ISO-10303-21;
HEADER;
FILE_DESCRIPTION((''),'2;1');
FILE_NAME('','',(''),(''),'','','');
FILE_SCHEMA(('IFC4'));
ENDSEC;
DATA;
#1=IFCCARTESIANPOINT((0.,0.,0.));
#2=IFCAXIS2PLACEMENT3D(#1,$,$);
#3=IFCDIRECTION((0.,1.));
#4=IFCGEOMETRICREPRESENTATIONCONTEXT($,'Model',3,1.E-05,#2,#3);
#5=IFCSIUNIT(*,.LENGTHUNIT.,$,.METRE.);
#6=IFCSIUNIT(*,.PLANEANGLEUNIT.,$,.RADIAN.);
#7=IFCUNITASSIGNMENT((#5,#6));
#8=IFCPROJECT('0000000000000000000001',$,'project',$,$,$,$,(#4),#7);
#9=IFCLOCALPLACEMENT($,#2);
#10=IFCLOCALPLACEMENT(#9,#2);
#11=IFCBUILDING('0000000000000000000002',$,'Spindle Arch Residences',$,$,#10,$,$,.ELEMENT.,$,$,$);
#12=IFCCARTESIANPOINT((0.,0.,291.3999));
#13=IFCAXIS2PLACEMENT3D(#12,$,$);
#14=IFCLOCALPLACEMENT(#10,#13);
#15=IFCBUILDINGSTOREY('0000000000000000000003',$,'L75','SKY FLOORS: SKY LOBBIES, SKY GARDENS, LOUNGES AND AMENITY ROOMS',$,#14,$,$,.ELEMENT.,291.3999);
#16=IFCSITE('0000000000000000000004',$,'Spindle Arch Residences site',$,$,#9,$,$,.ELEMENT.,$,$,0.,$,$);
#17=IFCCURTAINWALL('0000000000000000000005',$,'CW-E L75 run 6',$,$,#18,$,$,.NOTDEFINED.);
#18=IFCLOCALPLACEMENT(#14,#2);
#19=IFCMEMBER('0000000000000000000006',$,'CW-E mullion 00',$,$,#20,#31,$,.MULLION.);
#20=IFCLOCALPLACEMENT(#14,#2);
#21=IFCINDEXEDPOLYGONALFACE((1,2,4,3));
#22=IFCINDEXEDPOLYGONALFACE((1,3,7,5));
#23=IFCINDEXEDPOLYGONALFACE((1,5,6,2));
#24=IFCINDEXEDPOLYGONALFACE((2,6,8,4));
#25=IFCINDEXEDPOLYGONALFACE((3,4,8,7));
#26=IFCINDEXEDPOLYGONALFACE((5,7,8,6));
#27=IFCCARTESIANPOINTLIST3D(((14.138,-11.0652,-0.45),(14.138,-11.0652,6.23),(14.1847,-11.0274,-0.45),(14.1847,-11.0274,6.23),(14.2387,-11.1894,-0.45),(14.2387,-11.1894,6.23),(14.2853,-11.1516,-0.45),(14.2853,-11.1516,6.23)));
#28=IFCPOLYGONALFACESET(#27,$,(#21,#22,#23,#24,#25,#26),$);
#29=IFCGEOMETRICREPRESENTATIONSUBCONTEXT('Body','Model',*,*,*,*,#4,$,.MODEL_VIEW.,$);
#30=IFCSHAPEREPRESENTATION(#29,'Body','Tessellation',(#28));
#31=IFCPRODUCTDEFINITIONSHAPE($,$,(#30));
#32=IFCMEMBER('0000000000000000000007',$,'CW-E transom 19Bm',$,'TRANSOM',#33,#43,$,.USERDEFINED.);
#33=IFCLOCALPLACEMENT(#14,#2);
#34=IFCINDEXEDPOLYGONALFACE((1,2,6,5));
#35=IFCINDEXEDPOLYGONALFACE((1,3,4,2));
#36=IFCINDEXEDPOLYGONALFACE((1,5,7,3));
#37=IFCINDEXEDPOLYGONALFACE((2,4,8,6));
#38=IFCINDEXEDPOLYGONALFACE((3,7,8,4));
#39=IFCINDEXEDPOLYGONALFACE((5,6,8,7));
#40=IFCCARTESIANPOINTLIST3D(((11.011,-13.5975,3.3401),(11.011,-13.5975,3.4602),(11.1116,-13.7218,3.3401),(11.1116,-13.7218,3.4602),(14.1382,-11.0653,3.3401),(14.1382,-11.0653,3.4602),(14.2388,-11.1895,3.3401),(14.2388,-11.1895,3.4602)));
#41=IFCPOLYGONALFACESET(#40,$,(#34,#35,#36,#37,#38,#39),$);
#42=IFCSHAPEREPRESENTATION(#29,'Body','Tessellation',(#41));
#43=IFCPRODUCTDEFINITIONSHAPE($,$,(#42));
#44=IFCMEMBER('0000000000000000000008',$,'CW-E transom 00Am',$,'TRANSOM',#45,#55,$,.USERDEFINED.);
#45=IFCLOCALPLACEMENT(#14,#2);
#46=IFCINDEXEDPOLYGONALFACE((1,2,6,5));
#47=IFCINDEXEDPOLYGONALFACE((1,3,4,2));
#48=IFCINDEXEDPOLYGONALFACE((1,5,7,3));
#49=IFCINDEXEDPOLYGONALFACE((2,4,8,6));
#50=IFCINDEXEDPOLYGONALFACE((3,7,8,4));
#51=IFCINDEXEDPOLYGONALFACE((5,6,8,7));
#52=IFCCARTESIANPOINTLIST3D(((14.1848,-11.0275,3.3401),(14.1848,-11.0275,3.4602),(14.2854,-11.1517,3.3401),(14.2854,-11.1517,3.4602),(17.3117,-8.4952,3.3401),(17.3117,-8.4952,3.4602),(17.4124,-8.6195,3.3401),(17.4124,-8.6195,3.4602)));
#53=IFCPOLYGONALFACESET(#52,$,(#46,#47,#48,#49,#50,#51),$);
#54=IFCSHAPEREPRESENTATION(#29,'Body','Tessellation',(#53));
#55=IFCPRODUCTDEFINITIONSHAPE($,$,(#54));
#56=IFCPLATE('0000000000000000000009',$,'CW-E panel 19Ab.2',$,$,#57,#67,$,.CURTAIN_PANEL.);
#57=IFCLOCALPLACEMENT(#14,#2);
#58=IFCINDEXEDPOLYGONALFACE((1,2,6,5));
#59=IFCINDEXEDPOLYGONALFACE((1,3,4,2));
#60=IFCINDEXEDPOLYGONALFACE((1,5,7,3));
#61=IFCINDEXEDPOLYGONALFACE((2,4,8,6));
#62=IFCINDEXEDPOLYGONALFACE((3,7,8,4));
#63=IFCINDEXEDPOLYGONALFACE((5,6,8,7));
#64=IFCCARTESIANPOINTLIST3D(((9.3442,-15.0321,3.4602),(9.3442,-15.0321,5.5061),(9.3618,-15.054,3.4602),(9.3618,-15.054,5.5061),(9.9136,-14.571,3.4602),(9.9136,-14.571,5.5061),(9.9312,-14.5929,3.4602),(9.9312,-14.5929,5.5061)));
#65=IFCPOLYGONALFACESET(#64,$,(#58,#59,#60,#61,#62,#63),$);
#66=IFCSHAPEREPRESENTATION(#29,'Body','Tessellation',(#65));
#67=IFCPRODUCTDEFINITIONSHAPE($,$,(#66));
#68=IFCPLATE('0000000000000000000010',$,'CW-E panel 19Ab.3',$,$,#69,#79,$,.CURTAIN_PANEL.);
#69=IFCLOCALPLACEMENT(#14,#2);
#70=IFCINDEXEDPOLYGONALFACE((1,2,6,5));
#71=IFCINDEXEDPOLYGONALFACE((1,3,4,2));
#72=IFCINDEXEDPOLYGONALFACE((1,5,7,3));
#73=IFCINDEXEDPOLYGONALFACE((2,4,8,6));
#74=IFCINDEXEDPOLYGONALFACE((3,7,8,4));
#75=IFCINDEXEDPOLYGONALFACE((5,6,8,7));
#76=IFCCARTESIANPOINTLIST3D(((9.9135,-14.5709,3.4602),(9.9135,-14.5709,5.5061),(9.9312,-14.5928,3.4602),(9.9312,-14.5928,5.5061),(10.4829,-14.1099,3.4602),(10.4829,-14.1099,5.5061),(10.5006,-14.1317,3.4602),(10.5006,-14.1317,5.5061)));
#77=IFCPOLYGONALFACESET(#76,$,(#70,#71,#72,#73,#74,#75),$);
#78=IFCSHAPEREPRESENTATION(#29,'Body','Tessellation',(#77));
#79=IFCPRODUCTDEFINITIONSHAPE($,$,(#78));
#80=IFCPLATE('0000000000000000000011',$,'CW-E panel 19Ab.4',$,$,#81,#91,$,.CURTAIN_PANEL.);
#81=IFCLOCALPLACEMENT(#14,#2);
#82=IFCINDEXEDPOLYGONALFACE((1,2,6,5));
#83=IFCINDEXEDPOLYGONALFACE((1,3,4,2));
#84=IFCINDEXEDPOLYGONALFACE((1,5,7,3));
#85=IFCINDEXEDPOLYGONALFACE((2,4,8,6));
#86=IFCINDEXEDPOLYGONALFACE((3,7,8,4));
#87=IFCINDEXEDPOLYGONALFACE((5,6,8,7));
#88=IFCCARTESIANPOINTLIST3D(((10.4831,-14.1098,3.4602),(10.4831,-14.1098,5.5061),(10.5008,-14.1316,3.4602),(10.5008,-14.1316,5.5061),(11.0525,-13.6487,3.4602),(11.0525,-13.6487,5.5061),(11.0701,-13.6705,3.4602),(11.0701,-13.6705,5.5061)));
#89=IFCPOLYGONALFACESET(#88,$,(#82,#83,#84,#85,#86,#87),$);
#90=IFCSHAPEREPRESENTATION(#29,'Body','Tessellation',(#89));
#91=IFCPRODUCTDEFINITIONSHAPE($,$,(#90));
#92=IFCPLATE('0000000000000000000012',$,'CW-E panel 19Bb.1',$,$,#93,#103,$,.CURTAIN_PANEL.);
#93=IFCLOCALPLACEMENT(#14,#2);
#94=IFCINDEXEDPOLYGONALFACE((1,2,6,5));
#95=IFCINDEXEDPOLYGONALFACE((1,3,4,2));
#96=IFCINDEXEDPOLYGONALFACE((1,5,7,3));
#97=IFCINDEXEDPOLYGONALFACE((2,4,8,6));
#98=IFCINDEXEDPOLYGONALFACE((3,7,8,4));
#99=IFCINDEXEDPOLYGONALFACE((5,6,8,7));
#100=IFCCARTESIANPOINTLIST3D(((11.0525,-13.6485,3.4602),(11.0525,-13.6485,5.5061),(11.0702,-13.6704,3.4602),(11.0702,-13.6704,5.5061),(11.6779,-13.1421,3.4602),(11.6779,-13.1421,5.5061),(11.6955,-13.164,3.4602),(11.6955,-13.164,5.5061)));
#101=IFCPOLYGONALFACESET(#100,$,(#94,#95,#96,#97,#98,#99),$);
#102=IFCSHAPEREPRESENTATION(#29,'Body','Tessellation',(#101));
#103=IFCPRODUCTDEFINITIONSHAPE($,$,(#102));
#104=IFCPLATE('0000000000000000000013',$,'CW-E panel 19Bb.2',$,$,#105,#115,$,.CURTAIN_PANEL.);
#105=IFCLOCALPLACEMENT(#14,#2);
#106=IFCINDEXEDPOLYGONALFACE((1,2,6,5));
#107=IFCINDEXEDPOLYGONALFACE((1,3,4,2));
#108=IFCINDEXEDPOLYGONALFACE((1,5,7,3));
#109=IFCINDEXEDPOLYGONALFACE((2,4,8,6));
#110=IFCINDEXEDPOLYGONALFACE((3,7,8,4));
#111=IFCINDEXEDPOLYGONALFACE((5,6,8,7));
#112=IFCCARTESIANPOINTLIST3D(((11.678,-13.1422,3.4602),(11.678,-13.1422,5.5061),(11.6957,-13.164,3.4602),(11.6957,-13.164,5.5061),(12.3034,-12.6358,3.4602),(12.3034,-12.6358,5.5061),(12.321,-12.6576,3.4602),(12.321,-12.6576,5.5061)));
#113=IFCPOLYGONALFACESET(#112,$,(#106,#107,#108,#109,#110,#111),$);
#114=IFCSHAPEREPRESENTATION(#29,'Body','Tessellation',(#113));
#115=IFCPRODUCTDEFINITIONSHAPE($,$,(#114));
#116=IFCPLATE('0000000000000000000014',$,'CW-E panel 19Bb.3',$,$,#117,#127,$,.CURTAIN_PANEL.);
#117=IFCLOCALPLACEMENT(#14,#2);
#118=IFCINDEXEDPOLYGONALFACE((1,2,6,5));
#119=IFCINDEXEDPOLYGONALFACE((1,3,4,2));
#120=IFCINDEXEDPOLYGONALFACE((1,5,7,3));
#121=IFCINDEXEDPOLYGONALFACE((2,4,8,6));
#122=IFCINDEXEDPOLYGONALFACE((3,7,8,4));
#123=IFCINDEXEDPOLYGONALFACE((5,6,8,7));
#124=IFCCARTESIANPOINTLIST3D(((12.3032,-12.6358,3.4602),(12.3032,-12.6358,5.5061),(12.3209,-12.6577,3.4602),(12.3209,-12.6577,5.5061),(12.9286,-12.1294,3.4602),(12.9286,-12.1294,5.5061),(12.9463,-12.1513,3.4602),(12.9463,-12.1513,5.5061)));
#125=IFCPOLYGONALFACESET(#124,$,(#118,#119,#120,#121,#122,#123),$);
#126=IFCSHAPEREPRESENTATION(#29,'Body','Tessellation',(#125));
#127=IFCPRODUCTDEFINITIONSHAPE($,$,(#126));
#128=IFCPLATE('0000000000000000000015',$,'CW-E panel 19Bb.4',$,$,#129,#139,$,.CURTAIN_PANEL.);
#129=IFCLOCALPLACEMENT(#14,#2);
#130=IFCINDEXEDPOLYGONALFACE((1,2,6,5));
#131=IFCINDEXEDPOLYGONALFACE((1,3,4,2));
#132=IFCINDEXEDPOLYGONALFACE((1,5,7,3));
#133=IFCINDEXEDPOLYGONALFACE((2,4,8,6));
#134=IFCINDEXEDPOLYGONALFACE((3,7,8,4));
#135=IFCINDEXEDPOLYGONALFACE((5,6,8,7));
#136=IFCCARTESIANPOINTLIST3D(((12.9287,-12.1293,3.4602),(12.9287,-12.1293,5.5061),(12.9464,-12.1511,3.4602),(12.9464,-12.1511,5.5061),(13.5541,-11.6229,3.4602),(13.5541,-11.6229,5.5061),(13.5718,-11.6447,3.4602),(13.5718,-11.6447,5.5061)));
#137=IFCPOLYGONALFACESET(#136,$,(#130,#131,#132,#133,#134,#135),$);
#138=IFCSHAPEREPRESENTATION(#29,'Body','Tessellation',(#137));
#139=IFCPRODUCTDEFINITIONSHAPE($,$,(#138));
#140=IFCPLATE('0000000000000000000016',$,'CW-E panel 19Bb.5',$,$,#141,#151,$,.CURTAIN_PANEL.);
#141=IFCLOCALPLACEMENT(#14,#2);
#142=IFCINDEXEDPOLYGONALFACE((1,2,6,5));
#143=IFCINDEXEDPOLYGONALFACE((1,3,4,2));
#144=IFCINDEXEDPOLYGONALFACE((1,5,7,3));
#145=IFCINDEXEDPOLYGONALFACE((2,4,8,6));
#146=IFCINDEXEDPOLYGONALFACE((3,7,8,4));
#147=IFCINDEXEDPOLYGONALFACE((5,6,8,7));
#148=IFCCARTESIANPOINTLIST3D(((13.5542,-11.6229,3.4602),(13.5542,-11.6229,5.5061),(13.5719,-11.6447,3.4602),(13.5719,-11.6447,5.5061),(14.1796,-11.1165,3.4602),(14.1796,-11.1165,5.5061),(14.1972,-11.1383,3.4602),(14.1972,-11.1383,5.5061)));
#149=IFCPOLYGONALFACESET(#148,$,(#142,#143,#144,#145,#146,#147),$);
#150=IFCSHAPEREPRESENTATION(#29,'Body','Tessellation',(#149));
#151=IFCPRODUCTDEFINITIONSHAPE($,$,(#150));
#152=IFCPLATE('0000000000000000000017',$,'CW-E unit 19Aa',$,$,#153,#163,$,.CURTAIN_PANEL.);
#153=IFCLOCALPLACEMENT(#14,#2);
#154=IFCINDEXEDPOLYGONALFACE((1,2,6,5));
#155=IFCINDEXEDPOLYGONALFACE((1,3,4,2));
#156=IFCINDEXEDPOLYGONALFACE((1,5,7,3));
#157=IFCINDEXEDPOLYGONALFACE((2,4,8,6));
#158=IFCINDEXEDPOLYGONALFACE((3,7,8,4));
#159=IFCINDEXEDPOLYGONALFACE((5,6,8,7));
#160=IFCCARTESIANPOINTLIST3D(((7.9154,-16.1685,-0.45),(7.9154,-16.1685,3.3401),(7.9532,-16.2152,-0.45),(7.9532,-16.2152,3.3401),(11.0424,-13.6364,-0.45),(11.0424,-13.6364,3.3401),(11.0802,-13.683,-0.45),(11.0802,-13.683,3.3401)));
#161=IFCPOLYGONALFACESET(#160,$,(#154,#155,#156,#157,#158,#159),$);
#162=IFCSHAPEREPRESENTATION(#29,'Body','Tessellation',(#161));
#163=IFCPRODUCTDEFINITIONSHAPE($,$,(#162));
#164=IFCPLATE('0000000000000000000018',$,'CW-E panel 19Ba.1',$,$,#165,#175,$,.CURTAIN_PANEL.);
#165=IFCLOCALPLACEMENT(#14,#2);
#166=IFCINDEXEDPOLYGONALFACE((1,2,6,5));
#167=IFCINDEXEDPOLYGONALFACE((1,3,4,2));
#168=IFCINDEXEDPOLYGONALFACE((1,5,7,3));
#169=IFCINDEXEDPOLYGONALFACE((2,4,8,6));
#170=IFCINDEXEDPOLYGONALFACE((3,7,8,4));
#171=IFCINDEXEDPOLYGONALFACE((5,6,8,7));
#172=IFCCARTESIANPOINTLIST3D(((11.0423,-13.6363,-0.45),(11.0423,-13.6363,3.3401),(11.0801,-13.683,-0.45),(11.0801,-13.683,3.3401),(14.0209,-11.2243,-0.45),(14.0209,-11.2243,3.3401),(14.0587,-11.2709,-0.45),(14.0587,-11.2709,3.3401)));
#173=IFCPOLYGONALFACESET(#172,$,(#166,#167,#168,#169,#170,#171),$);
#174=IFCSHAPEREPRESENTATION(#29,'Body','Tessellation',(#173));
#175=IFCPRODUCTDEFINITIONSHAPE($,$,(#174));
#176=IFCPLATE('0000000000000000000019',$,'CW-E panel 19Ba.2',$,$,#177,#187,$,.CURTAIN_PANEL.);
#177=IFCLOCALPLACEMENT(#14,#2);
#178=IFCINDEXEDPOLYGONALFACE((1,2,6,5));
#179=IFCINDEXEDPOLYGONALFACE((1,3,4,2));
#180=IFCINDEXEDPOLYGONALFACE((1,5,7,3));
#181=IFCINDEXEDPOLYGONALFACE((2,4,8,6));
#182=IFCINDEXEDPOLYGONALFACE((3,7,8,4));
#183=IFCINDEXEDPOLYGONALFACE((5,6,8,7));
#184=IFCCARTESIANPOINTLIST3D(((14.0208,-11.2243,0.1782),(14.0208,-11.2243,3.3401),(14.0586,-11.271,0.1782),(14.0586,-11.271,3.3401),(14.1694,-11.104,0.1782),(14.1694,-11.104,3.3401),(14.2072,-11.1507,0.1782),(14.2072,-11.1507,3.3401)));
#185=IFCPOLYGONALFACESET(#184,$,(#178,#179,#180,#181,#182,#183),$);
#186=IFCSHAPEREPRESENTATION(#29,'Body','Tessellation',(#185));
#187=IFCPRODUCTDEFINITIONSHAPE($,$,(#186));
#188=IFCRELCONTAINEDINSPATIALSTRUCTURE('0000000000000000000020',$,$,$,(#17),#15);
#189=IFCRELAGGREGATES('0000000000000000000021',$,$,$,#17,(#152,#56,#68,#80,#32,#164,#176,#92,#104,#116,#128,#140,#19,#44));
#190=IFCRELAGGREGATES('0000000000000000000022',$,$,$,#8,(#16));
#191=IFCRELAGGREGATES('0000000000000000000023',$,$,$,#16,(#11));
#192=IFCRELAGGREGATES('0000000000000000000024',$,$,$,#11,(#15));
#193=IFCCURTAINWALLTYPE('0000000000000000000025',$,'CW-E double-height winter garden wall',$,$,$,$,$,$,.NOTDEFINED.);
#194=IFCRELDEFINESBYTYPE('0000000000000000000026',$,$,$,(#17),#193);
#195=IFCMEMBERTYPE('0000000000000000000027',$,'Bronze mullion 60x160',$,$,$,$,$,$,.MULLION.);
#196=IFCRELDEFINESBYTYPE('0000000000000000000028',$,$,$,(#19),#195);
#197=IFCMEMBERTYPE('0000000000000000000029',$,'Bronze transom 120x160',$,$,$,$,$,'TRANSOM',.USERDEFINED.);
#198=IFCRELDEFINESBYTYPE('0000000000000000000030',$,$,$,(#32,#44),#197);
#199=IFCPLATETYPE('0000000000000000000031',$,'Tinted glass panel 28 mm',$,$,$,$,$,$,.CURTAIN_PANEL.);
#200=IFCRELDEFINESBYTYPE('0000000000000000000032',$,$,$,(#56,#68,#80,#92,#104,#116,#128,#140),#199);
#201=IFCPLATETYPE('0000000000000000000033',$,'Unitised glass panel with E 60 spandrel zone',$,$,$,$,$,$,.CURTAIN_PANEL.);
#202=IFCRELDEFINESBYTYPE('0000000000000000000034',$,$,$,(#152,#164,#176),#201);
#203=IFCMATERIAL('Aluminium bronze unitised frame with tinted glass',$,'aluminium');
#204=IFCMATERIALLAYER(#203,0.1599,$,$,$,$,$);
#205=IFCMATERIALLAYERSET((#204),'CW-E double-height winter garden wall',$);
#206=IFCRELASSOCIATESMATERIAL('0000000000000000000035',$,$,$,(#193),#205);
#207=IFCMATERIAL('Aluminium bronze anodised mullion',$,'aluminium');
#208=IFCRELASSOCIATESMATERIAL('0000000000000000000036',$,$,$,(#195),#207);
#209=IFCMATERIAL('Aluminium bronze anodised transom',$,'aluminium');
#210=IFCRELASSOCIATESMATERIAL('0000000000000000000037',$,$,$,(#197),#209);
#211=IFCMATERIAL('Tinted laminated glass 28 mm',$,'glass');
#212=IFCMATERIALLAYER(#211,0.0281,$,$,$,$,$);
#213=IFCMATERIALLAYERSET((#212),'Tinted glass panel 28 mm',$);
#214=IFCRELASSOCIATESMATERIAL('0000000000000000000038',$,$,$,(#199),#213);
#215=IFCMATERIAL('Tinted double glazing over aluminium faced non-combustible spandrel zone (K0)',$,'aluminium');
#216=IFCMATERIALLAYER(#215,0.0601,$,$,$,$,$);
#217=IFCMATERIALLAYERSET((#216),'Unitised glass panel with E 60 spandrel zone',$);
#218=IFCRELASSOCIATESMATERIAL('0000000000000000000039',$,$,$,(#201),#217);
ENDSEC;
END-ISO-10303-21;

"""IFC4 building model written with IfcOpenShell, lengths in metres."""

from ifc_helpers import new_model, si_unit, direction, frame, origin, origin_2d, place, context, subcontext, project, spatial, rectangle, extrude, material, layer, layer_set, material_profile, profile_set, type_object, element, aggregate, save


model = new_model("IFC4")

# Units and contexts
model_context = context("Model", 3, precision=1e-05, world=origin(), true_north=direction((0.0, 1.0)))
body_context = subcontext(model_context, "Body", "Model", "MODEL_VIEW")
ifc_project = project(units=[si_unit("LENGTHUNIT", "METRE"), si_unit("PLANEANGLEUNIT", "RADIAN")], contexts=[model_context])

# Site, building, storey
site_placement = place(None, origin())
site = spatial("IfcSite", under=ifc_project, at=site_placement, Name="Spindle Arch Residences site", CompositionType="ELEMENT", RefElevation=0.0)
building_placement = place(site_placement, origin())
building = spatial("IfcBuilding", under=site, at=building_placement, Name="Spindle Arch Residences", CompositionType="ELEMENT")
storey_placement = place(building_placement, frame((0.0, 0.0, 291.3999)))
storey = spatial("IfcBuildingStorey", under=building, at=storey_placement, Name="L75", Description="SKY FLOORS: SKY LOBBIES, SKY GARDENS, LOUNGES AND AMENITY ROOMS", CompositionType="ELEMENT", Elevation=291.3999)

# Curtain wall, members, plates
ifc_material_1 = material(Name="Aluminium bronze unitised frame with tinted glass", Category="aluminium")
ifc_layer_1 = layer(ifc_material_1, 0.1599)
ifc_layer_set_1 = layer_set([ifc_layer_1], Name="CW-E double-height winter garden wall")
curtain_wall_type = type_object("IfcCurtainWallType", Name="CW-E double-height winter garden wall", PredefinedType="NOTDEFINED", material=ifc_layer_set_1)
curtain_wall_placement = place(storey_placement, origin())
curtain_wall = element("IfcCurtainWall", 1, at=curtain_wall_placement, inside=storey, type_object=curtain_wall_type, Name="CW-E L75 run 6", PredefinedType="NOTDEFINED")
ifc_material_2 = material(Name="Aluminium bronze anodised mullion", Category="aluminium")
ifc_material_profile_1 = material_profile(ifc_material_2, rectangle(XDim=0.1599, YDim=0.0601, at=origin_2d()), Name="MU 60x160")
ifc_profile_set_1 = profile_set([ifc_material_profile_1], Name="Aluminium bronze anodised mullion")
member_type_1 = type_object("IfcMemberType", Name="Bronze mullion 60x160", PredefinedType="MULLION", material=ifc_profile_set_1)
member_1_placement = place(storey_placement, frame((14.2117, -11.1084, -0.45), z_axis=(0.0, 0.0, 1.0), x_axis=(-0.62932, 0.777146, 0.0)))
member_1 = element("IfcMember", 2, at=member_1_placement, type_object=member_type_1, Name="CW-E mullion 00", PredefinedType="MULLION", context=body_context, shape_type="SweptSolid", body=[
    extrude(rectangle(XDim=0.1599, YDim=0.0601, at=origin_2d()), origin(), (0.0, 0.0, 1.0), 6.6799),
])
ifc_material_3 = material(Name="Aluminium bronze anodised transom", Category="aluminium")
ifc_material_profile_2 = material_profile(ifc_material_3, rectangle(XDim=0.1599, YDim=0.1201, at=origin_2d()), Name="TR 120x160")
ifc_profile_set_2 = profile_set([ifc_material_profile_2], Name="Aluminium bronze anodised transom")
member_type_2 = type_object("IfcMemberType", Name="Bronze transom 120x160", ElementType="TRANSOM", PredefinedType="USERDEFINED", material=ifc_profile_set_2)
member_2_placement = place(storey_placement, frame((11.0613, -13.6597, 3.4001), z_axis=(0.777162, 0.629301, 0.0), x_axis=(-0.629301, 0.777162, 0.0)))
member_2 = element("IfcMember", 3, at=member_2_placement, type_object=member_type_2, Name="CW-E transom 19Bm", ObjectType="TRANSOM", PredefinedType="USERDEFINED", context=body_context, shape_type="SweptSolid", body=[
    extrude(rectangle(XDim=0.1599, YDim=0.1201, at=origin_2d()), origin(), (0.0, 0.0, 1.0), 4.0239),
])
member_3_placement = place(storey_placement, frame((14.2351, -11.0896, 3.4001), z_axis=(0.777137, 0.629331, 0.0), x_axis=(-0.629331, 0.777137, 0.0)))
member_3 = element("IfcMember", 4, at=member_3_placement, type_object=member_type_2, Name="CW-E transom 00Am", ObjectType="TRANSOM", PredefinedType="USERDEFINED", context=body_context, shape_type="SweptSolid", body=[
    extrude(rectangle(XDim=0.1599, YDim=0.1201, at=origin_2d()), origin(), (0.0, 0.0, 1.0), 4.0237),
])
ifc_material_4 = material(Name="Tinted laminated glass 28 mm", Category="glass")
ifc_layer_2 = layer(ifc_material_4, 0.0281)
ifc_layer_set_2 = layer_set([ifc_layer_2], Name="Tinted glass panel 28 mm")
plate_type_1 = type_object("IfcPlateType", Name="Tinted glass panel 28 mm", PredefinedType="CURTAIN_PANEL", material=ifc_layer_set_2)
plate_1_placement = place(storey_placement, frame((9.6377, -14.8125, 3.4602), z_axis=(0.0, 0.0, 1.0), x_axis=(0.777146, 0.62932, 0.0)))
plate_1 = element("IfcPlate", 5, at=plate_1_placement, type_object=plate_type_1, Name="CW-E panel 19Ab.2", PredefinedType="CURTAIN_PANEL", context=body_context, shape_type="SweptSolid", body=[
    extrude(rectangle(XDim=0.7327, YDim=0.0281, at=origin_2d()), origin(), (0.0, 0.0, 1.0), 2.0459),
])
plate_2_placement = place(storey_placement, frame((10.207, -14.3513, 3.4602), z_axis=(0.0, 0.0, 1.0), x_axis=(0.777146, 0.62932, 0.0)))
plate_2 = element("IfcPlate", 6, at=plate_2_placement, type_object=plate_type_1, Name="CW-E panel 19Ab.3", PredefinedType="CURTAIN_PANEL", context=body_context, shape_type="SweptSolid", body=[
    extrude(rectangle(XDim=0.7327, YDim=0.0281, at=origin_2d()), origin(), (0.0, 0.0, 1.0), 2.0459),
])
plate_3_placement = place(storey_placement, frame((10.7766, -13.8901, 3.4602), z_axis=(0.0, 0.0, 1.0), x_axis=(0.777146, 0.62932, 0.0)))
plate_3 = element("IfcPlate", 7, at=plate_3_placement, type_object=plate_type_1, Name="CW-E panel 19Ab.4", PredefinedType="CURTAIN_PANEL", context=body_context, shape_type="SweptSolid", body=[
    extrude(rectangle(XDim=0.7327, YDim=0.0281, at=origin_2d()), origin(), (0.0, 0.0, 1.0), 2.0459),
])
plate_4_placement = place(storey_placement, frame((11.374, -13.4062, 3.4602), z_axis=(0.0, 0.0, 1.0), x_axis=(0.777146, 0.62932, 0.0)))
plate_4 = element("IfcPlate", 8, at=plate_4_placement, type_object=plate_type_1, Name="CW-E panel 19Bb.1", PredefinedType="CURTAIN_PANEL", context=body_context, shape_type="SweptSolid", body=[
    extrude(rectangle(XDim=0.8047, YDim=0.0281, at=origin_2d()), origin(), (0.0, 0.0, 1.0), 2.0459),
])
plate_5_placement = place(storey_placement, frame((11.9995, -12.8999, 3.4602), z_axis=(0.0, 0.0, 1.0), x_axis=(0.777146, 0.62932, 0.0)))
plate_5 = element("IfcPlate", 9, at=plate_5_placement, type_object=plate_type_1, Name="CW-E panel 19Bb.2", PredefinedType="CURTAIN_PANEL", context=body_context, shape_type="SweptSolid", body=[
    extrude(rectangle(XDim=0.8047, YDim=0.0281, at=origin_2d()), origin(), (0.0, 0.0, 1.0), 2.0459),
])
plate_6_placement = place(storey_placement, frame((12.6248, -12.3936, 3.4602), z_axis=(0.0, 0.0, 1.0), x_axis=(0.777146, 0.62932, 0.0)))
plate_6 = element("IfcPlate", 10, at=plate_6_placement, type_object=plate_type_1, Name="CW-E panel 19Bb.3", PredefinedType="CURTAIN_PANEL", context=body_context, shape_type="SweptSolid", body=[
    extrude(rectangle(XDim=0.8047, YDim=0.0281, at=origin_2d()), origin(), (0.0, 0.0, 1.0), 2.0459),
])
plate_7_placement = place(storey_placement, frame((13.2502, -11.887, 3.4602), z_axis=(0.0, 0.0, 1.0), x_axis=(0.777146, 0.62932, 0.0)))
plate_7 = element("IfcPlate", 11, at=plate_7_placement, type_object=plate_type_1, Name="CW-E panel 19Bb.4", PredefinedType="CURTAIN_PANEL", context=body_context, shape_type="SweptSolid", body=[
    extrude(rectangle(XDim=0.8047, YDim=0.0281, at=origin_2d()), origin(), (0.0, 0.0, 1.0), 2.0459),
])
plate_8_placement = place(storey_placement, frame((13.8757, -11.3806, 3.4602), z_axis=(0.0, 0.0, 1.0), x_axis=(0.777146, 0.62932, 0.0)))
plate_8 = element("IfcPlate", 12, at=plate_8_placement, type_object=plate_type_1, Name="CW-E panel 19Bb.5", PredefinedType="CURTAIN_PANEL", context=body_context, shape_type="SweptSolid", body=[
    extrude(rectangle(XDim=0.8047, YDim=0.0281, at=origin_2d()), origin(), (0.0, 0.0, 1.0), 2.0459),
])
ifc_material_5 = material(Name="Tinted double glazing over aluminium faced non-combustible spandrel zone (K0)", Category="aluminium")
ifc_layer_3 = layer(ifc_material_5, 0.0601)
ifc_layer_set_3 = layer_set([ifc_layer_3], Name="Unitised glass panel with E 60 spandrel zone")
plate_type_2 = type_object("IfcPlateType", Name="Unitised glass panel with E 60 spandrel zone", PredefinedType="CURTAIN_PANEL", material=ifc_layer_set_3)
plate_9_placement = place(storey_placement, frame((9.4978, -14.9258, -0.45), z_axis=(0.0, 0.0, 1.0), x_axis=(0.777146, 0.62932, 0.0)))
plate_9 = element("IfcPlate", 13, at=plate_9_placement, type_object=plate_type_2, Name="CW-E unit 19Aa", PredefinedType="CURTAIN_PANEL", context=body_context, shape_type="SweptSolid", body=[
    extrude(rectangle(XDim=4.0237, YDim=0.0601, at=origin_2d()), origin(), (0.0, 0.0, 1.0), 3.79),
])
plate_10_placement = place(storey_placement, frame((12.5505, -12.4536, -0.45), z_axis=(0.0, 0.0, 1.0), x_axis=(0.777146, 0.62932, 0.0)))
plate_10 = element("IfcPlate", 14, at=plate_10_placement, type_object=plate_type_2, Name="CW-E panel 19Ba.1", PredefinedType="CURTAIN_PANEL", context=body_context, shape_type="SweptSolid", body=[
    extrude(rectangle(XDim=3.8328, YDim=0.0601, at=origin_2d()), origin(), (0.0, 0.0, 1.0), 3.79),
])
plate_11_placement = place(storey_placement, frame((14.114, -11.1875, 0.1782), z_axis=(0.0, 0.0, 1.0), x_axis=(0.777146, 0.62932, 0.0)))
plate_11 = element("IfcPlate", 15, at=plate_11_placement, type_object=plate_type_2, Name="CW-E panel 19Ba.2", PredefinedType="CURTAIN_PANEL", context=body_context, shape_type="SweptSolid", body=[
    extrude(rectangle(XDim=0.1912, YDim=0.0601, at=origin_2d()), origin(), (0.0, 0.0, 1.0), 3.1619),
])
aggregate(curtain_wall, [plate_9, plate_1, plate_2, plate_3, member_2, plate_10, plate_11, plate_4, plate_5, plate_6, plate_7, plate_8, member_1, member_3])

save(model, "model.ifc")
